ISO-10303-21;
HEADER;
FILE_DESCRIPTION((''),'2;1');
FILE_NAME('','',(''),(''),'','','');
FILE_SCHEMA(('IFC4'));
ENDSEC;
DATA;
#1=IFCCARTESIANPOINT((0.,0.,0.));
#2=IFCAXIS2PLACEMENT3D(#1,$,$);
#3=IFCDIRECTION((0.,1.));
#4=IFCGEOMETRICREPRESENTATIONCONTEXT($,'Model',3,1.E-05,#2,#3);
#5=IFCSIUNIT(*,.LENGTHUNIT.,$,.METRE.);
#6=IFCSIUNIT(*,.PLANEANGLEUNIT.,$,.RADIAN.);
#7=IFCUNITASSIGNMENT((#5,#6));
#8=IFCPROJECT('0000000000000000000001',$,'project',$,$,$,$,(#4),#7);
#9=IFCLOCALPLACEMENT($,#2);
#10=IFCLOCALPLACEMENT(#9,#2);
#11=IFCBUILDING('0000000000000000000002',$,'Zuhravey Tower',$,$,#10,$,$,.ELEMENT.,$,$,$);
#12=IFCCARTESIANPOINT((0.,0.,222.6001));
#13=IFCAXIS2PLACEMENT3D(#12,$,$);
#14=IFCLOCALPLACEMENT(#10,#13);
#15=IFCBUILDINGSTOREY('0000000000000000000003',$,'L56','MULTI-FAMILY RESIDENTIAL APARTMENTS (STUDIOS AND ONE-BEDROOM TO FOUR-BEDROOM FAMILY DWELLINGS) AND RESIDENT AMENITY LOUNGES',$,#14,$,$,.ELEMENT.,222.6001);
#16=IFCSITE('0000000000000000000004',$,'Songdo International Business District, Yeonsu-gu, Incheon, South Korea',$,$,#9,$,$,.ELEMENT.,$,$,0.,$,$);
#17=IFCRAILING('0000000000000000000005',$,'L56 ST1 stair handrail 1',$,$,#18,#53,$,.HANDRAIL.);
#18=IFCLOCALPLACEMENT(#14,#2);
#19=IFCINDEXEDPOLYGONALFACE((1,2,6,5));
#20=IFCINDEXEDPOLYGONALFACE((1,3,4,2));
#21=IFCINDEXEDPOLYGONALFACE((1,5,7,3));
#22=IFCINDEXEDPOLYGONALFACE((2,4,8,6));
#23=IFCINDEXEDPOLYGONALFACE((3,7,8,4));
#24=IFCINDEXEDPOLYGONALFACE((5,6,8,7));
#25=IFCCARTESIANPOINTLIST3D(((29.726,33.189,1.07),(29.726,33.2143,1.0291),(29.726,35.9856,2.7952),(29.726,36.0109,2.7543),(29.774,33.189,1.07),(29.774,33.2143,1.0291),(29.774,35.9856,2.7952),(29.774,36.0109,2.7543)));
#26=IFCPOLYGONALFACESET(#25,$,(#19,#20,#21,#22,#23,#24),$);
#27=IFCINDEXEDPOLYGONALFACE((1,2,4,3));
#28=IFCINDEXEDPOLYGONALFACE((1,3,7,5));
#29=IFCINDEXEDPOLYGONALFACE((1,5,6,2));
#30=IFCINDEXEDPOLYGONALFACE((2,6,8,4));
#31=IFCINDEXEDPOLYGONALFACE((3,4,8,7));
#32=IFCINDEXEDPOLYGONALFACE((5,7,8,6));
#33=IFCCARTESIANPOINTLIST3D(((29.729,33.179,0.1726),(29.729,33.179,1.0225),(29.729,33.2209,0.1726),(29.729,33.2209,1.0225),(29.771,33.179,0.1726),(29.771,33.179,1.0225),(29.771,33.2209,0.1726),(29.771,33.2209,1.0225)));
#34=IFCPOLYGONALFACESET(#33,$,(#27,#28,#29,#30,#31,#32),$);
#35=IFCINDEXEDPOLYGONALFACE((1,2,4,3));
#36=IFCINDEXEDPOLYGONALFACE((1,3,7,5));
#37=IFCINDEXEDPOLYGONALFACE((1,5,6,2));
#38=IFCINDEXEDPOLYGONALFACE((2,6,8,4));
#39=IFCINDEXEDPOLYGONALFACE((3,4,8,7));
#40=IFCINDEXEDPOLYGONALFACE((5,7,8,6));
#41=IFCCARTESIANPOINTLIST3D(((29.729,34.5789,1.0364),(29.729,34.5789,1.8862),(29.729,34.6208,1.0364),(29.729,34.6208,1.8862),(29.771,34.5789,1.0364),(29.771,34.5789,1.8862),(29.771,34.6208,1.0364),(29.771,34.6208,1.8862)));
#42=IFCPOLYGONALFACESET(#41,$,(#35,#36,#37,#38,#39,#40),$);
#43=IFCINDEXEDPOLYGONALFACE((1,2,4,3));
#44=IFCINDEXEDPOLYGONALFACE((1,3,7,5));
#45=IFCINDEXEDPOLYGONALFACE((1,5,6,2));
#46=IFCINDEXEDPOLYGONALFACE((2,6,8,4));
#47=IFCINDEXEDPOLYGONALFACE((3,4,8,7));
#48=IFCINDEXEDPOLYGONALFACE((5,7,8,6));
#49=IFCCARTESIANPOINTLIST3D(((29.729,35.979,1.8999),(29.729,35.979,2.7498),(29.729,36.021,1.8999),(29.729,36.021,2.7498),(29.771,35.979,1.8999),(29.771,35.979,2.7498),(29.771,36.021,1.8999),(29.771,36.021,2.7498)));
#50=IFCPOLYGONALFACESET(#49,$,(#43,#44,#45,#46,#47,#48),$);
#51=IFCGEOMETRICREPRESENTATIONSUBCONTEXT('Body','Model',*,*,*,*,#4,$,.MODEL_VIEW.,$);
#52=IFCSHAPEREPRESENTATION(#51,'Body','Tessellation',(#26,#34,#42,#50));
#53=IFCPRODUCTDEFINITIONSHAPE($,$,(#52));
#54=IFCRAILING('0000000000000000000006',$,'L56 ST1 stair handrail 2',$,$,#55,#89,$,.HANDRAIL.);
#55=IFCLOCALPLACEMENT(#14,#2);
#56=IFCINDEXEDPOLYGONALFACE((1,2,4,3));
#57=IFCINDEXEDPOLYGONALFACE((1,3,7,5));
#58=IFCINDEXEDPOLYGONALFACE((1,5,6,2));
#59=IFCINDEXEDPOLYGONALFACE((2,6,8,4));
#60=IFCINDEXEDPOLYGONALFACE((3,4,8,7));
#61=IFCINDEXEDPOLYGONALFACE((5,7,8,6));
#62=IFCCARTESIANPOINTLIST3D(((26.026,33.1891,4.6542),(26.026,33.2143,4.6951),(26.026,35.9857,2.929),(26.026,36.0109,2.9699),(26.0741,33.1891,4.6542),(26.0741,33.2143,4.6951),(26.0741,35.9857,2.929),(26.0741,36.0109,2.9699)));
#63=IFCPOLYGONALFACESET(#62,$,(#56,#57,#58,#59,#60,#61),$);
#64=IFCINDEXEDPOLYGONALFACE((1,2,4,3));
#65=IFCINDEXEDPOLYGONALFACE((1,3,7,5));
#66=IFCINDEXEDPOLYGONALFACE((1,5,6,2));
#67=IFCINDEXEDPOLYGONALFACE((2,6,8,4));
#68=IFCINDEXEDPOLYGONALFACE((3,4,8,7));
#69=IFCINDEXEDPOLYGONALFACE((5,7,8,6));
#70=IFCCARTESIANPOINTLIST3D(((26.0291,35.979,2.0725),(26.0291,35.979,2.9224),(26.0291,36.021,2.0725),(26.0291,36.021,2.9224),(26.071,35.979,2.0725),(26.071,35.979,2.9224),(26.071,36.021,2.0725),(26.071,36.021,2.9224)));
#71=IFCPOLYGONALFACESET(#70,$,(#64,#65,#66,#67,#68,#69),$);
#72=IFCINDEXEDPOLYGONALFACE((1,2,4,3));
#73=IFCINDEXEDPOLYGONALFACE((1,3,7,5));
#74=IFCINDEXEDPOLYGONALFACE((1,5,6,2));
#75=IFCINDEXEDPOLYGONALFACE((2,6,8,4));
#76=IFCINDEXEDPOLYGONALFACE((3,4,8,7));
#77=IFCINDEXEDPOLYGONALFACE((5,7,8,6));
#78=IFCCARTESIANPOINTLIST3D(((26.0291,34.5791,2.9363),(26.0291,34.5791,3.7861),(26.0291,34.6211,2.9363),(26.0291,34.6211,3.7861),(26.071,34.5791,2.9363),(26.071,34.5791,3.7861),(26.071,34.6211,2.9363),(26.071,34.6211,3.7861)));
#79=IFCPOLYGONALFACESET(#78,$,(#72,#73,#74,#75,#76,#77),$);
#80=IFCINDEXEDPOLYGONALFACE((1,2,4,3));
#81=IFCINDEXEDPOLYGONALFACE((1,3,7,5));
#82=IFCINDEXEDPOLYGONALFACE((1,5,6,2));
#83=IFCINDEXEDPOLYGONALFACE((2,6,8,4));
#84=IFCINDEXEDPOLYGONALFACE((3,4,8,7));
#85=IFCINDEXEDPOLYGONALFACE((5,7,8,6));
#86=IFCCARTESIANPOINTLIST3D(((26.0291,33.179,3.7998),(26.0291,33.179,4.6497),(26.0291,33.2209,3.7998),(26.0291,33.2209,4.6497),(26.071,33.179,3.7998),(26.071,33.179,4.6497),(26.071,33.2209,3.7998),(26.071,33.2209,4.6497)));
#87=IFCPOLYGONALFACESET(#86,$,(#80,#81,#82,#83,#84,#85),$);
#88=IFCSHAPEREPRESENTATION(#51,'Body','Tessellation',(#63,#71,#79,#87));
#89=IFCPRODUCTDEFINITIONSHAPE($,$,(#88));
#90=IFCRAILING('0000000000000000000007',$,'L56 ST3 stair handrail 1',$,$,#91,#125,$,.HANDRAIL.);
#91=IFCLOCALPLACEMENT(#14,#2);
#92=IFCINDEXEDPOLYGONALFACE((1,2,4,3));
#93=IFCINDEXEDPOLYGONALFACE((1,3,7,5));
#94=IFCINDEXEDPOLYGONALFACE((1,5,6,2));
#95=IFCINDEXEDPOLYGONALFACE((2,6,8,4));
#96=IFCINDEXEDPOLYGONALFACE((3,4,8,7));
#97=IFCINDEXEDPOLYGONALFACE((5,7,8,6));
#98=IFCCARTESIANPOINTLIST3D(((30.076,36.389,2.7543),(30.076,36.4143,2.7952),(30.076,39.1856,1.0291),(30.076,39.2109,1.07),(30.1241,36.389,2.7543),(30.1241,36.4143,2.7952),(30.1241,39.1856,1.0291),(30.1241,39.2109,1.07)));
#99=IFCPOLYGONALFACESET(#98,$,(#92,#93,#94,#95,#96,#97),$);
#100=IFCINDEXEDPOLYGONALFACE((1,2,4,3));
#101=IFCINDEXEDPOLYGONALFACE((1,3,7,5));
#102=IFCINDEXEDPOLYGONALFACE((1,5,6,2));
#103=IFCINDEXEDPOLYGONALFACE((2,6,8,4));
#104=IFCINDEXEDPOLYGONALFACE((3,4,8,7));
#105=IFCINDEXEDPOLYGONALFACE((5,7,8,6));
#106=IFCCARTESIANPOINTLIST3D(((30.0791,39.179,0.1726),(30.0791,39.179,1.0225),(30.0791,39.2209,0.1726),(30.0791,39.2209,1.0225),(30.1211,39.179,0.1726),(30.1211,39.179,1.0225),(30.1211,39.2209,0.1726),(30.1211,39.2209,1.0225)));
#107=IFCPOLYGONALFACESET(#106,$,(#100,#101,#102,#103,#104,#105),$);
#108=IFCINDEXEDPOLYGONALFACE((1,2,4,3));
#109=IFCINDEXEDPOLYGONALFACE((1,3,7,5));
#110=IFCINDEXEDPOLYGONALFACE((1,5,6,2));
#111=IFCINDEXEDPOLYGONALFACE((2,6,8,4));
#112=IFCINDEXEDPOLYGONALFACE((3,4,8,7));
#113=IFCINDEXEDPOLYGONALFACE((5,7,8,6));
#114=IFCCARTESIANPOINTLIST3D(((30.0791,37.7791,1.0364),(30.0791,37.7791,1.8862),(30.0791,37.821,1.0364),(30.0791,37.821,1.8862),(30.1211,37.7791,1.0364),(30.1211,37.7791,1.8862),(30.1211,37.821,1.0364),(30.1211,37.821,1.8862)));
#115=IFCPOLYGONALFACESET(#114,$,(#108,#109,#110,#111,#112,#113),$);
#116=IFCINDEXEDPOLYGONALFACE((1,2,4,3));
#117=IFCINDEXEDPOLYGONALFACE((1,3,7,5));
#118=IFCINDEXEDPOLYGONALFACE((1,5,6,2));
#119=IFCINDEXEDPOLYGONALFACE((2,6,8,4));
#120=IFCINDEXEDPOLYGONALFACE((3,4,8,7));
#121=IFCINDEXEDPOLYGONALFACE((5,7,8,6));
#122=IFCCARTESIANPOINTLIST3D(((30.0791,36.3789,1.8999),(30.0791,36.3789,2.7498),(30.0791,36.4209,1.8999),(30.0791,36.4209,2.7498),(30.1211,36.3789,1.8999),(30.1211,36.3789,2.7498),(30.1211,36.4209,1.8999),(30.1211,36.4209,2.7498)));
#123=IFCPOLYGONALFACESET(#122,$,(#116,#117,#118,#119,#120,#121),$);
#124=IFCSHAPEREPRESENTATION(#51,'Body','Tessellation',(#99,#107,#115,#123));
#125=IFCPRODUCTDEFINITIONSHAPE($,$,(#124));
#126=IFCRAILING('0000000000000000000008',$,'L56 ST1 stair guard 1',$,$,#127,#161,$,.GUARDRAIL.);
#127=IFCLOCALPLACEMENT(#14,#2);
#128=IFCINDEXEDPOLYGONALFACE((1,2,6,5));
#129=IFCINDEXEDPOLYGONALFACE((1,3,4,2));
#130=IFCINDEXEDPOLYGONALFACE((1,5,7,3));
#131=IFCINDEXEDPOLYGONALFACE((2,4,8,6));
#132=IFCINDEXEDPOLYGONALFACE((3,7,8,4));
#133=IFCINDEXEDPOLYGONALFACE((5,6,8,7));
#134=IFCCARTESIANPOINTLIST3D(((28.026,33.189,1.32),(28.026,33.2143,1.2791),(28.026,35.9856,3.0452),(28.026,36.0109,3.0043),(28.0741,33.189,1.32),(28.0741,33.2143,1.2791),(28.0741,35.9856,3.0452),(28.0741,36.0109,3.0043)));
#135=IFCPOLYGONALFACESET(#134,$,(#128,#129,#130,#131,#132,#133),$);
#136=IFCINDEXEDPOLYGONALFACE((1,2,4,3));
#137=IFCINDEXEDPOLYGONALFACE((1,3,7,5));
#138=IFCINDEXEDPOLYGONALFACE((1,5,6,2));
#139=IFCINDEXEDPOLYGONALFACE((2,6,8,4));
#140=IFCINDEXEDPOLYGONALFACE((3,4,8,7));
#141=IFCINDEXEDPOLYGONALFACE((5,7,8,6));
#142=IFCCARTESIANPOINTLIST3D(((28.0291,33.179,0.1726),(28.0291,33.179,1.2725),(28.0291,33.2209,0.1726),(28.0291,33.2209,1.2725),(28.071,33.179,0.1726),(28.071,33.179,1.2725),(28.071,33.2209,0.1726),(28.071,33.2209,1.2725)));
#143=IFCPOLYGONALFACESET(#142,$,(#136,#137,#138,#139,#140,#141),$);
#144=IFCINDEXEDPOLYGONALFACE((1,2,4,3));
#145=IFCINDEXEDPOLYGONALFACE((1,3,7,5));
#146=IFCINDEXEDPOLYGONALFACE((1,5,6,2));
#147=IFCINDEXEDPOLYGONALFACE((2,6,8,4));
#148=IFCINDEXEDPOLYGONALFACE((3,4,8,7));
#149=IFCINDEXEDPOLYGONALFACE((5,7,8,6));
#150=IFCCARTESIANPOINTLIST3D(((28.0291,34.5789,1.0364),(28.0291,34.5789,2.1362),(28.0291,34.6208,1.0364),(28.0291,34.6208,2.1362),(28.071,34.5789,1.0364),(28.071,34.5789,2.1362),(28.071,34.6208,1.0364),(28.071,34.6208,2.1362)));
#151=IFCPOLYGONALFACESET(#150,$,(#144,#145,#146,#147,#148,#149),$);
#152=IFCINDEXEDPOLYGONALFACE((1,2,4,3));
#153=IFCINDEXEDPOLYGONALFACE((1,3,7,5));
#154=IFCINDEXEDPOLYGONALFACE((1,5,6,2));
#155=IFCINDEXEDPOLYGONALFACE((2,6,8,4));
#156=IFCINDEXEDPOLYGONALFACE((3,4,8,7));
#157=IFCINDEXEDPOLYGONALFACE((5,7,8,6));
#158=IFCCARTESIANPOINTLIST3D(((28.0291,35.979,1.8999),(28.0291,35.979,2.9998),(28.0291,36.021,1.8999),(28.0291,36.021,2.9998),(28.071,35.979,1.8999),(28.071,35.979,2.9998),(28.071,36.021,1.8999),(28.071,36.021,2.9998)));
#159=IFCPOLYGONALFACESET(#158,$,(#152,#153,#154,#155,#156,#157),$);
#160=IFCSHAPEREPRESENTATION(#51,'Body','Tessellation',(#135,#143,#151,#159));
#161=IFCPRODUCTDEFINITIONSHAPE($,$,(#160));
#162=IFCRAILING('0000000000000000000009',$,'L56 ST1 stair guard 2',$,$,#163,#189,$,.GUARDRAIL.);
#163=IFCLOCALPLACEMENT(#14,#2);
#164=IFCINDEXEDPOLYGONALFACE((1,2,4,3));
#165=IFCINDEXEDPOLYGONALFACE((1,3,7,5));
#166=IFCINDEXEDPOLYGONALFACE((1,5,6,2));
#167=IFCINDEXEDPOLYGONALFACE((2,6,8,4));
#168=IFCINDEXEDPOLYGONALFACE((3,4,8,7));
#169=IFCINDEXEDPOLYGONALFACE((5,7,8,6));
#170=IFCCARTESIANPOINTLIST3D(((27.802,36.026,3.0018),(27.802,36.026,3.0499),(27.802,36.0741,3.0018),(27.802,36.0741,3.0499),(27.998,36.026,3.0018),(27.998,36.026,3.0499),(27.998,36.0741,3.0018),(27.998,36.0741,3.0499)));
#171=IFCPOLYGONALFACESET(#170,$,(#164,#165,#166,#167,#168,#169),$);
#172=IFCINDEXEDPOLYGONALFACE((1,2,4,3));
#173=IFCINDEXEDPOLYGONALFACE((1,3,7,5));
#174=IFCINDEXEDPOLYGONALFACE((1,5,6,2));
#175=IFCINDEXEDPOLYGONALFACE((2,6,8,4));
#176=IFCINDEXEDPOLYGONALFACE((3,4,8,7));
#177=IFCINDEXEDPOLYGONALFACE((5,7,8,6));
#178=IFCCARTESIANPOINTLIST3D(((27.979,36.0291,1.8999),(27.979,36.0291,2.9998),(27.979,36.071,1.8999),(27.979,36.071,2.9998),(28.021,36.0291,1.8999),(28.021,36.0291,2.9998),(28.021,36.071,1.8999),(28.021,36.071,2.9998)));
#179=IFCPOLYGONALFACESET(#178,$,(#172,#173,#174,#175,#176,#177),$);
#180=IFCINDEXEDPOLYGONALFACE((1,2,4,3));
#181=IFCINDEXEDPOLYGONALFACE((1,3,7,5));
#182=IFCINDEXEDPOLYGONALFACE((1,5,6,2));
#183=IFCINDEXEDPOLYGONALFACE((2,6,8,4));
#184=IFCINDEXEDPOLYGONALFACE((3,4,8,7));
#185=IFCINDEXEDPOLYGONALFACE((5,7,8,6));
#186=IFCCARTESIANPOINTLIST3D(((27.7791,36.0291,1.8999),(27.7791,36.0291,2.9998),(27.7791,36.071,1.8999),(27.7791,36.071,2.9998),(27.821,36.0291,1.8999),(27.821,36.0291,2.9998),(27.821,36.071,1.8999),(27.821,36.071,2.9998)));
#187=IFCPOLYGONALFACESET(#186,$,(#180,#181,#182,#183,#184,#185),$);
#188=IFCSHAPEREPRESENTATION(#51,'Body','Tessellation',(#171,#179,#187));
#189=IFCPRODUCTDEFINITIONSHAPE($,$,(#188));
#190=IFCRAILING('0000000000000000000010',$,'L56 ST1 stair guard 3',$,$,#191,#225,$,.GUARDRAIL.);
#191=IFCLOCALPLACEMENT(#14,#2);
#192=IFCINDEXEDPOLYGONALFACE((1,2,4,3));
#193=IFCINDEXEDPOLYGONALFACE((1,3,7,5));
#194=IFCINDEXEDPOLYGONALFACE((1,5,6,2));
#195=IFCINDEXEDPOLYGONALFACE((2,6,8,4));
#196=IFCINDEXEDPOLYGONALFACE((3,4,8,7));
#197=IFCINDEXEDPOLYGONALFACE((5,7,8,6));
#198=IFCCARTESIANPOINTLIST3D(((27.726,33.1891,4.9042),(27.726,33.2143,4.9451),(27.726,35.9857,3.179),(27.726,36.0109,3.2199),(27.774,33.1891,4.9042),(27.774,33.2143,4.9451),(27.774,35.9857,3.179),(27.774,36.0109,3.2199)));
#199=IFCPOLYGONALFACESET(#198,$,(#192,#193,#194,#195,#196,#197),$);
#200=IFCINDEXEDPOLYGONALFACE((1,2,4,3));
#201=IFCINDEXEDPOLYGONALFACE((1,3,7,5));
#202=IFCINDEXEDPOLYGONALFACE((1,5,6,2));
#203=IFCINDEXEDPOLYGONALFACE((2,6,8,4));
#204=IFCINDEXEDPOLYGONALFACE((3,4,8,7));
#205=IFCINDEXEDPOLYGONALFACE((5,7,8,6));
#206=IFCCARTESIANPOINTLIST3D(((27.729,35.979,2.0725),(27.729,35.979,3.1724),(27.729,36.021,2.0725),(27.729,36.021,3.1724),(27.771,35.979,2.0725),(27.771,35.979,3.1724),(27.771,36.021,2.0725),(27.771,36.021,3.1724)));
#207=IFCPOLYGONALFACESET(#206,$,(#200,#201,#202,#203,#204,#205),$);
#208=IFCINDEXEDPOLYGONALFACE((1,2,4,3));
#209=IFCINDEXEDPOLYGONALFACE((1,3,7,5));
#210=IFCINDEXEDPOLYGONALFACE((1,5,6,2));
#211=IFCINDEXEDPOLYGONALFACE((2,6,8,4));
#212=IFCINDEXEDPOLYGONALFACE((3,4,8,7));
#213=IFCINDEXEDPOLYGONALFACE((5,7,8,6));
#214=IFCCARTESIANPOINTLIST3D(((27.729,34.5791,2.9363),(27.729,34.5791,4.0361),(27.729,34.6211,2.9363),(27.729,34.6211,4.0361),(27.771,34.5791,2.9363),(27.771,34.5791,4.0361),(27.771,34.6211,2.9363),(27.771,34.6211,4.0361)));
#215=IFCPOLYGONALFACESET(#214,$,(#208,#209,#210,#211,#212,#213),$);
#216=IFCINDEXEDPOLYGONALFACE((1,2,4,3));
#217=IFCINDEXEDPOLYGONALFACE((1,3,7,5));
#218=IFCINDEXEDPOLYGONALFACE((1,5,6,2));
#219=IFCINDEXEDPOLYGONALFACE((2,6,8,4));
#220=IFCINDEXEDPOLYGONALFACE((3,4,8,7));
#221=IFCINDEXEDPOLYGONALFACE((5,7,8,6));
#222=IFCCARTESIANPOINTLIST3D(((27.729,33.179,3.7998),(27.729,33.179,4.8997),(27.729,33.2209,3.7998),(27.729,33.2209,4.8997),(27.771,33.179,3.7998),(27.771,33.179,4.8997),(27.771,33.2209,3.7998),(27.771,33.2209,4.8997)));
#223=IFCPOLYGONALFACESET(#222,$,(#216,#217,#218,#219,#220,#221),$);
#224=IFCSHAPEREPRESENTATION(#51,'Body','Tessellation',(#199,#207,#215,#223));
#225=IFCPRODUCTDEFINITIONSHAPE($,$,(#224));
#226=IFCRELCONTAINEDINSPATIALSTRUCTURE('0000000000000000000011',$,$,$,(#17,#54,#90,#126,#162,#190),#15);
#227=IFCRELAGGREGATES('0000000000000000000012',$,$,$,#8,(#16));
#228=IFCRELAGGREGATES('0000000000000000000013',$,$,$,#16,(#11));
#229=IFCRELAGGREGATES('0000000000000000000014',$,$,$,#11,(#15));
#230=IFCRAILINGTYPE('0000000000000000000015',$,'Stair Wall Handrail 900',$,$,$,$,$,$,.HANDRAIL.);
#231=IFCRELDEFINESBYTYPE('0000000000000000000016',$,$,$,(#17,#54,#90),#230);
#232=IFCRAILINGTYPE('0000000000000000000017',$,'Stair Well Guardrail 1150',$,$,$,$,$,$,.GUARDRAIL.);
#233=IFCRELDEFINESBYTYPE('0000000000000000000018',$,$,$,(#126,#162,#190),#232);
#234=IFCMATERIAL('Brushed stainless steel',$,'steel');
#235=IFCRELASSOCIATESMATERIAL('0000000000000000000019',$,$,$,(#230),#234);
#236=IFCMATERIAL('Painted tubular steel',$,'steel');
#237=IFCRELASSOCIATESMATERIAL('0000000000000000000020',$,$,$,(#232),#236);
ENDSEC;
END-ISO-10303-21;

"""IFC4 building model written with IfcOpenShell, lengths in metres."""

from ifc_helpers import new_model, si_unit, direction, frame, origin, origin_2d, place, context, subcontext, project, spatial, rectangle, extrude, material, type_object, element, save


model = new_model("IFC4")

# Units and contexts
model_context = context("Model", 3, precision=1e-05, world=origin(), true_north=direction((0.0, 1.0)))
body_context = subcontext(model_context, "Body", "Model", "MODEL_VIEW")
ifc_project = project(units=[si_unit("LENGTHUNIT", "METRE"), si_unit("PLANEANGLEUNIT", "RADIAN")], contexts=[model_context])

# Site, building, storey
site_placement = place(None, origin())
site = spatial("IfcSite", under=ifc_project, at=site_placement, Name="Songdo International Business District, Yeonsu-gu, Incheon, South Korea", CompositionType="ELEMENT", RefElevation=0.0)
building_placement = place(site_placement, origin())
building = spatial("IfcBuilding", under=site, at=building_placement, Name="Zuhravey Tower", CompositionType="ELEMENT")
storey_placement = place(building_placement, frame((0.0, 0.0, 222.6001)))
storey = spatial("IfcBuildingStorey", under=building, at=storey_placement, Name="L56", Description="MULTI-FAMILY RESIDENTIAL APARTMENTS (STUDIOS AND ONE-BEDROOM TO FOUR-BEDROOM FAMILY DWELLINGS) AND RESIDENT AMENITY LOUNGES", CompositionType="ELEMENT", Elevation=222.6001)

# Railings
ifc_material_1 = material(Name="Brushed stainless steel", Category="steel")
railing_type_1 = type_object("IfcRailingType", Name="Stair Wall Handrail 900", PredefinedType="HANDRAIL", material=ifc_material_1)
railing_1_placement = place(storey_placement, frame((29.75, 33.2, 0.1726)))
element("IfcRailing", 1, at=railing_1_placement, inside=storey, type_object=railing_type_1, Name="L56 ST1 stair handrail 1", PredefinedType="HANDRAIL", context=body_context, shape_type="SweptSolid", body=[
    extrude(rectangle(XDim=0.0481, YDim=0.0481, at=origin_2d()), frame((0.0, 0.0017, 0.877), z_axis=(0.0, 0.85109, 0.52502), x_axis=(-1.0, 0.0, 0.0)), (0.0, 0.0, 1.0), 3.2859),
    extrude(rectangle(XDim=0.042, YDim=0.042, at=origin_2d()), origin(), (0.0, 0.0, 1.0), 0.8499),
    extrude(rectangle(XDim=0.042, YDim=0.042, at=origin_2d()), frame((0.0, 1.3999, 0.8638)), (0.0, 0.0, 1.0), 0.8499),
    extrude(rectangle(XDim=0.042, YDim=0.042, at=origin_2d()), frame((0.0, 2.8, 1.7273)), (0.0, 0.0, 1.0), 0.8499),
])
for number, where, name in (
    (2, (26.05, 36.0, 2.0725), "L56 ST1 stair handrail 2"),
    (3, (30.1001, 39.2, 0.1726), "L56 ST3 stair handrail 1"),
):
    element("IfcRailing", number, at=place(storey_placement, frame(where)), inside=storey, type_object=railing_type_1, Name=name, PredefinedType="HANDRAIL", context=body_context, shape_type="SweptSolid", body=[
        extrude(rectangle(XDim=0.0481, YDim=0.0481, at=origin_2d()), frame((0.0, -0.0017, 0.877), z_axis=(0.0, -0.85109, 0.52502), x_axis=(1.0, 0.0, 0.0)), (0.0, 0.0, 1.0), 3.2859),
        extrude(rectangle(XDim=0.042, YDim=0.042, at=origin_2d()), origin(), (0.0, 0.0, 1.0), 0.8499),
        extrude(rectangle(XDim=0.042, YDim=0.042, at=origin_2d()), frame((0.0, -1.3999, 0.8638)), (0.0, 0.0, 1.0), 0.8499),
        extrude(rectangle(XDim=0.042, YDim=0.042, at=origin_2d()), frame((0.0, -2.8, 1.7273)), (0.0, 0.0, 1.0), 0.8499),
    ])
ifc_material_2 = material(Name="Painted tubular steel", Category="steel")
railing_type_2 = type_object("IfcRailingType", Name="Stair Well Guardrail 1150", PredefinedType="GUARDRAIL", material=ifc_material_2)
railing_2_placement = place(storey_placement, frame((28.05, 33.2, 0.1726)))
element("IfcRailing", 4, at=railing_2_placement, inside=storey, type_object=railing_type_2, Name="L56 ST1 stair guard 1", PredefinedType="GUARDRAIL", context=body_context, shape_type="SweptSolid", body=[
    extrude(rectangle(XDim=0.0481, YDim=0.0481, at=origin_2d()), frame((0.0, 0.0017, 1.127), z_axis=(0.0, 0.85109, 0.52502), x_axis=(-1.0, 0.0, 0.0)), (0.0, 0.0, 1.0), 3.2859),
    extrude(rectangle(XDim=0.042, YDim=0.042, at=origin_2d()), origin(), (0.0, 0.0, 1.0), 1.0999),
    extrude(rectangle(XDim=0.042, YDim=0.042, at=origin_2d()), frame((0.0, 1.3999, 0.8638)), (0.0, 0.0, 1.0), 1.0999),
    extrude(rectangle(XDim=0.042, YDim=0.042, at=origin_2d()), frame((0.0, 2.8, 1.7273)), (0.0, 0.0, 1.0), 1.0999),
])
railing_3_placement = place(storey_placement, frame((28.0, 36.05, 1.8999)))
element("IfcRailing", 5, at=railing_3_placement, inside=storey, type_object=railing_type_2, Name="L56 ST1 stair guard 2", PredefinedType="GUARDRAIL", context=body_context, shape_type="SweptSolid", body=[
    extrude(rectangle(XDim=0.0481, YDim=0.0481, at=origin_2d()), frame((-0.002, 0.0, 1.126), z_axis=(-1.0, 0.0, 0.0), x_axis=(0.0, -1.0, 0.0)), (0.0, 0.0, 1.0), 0.196),
    extrude(rectangle(XDim=0.042, YDim=0.042, at=origin_2d()), origin(), (0.0, 0.0, 1.0), 1.0999),
    extrude(rectangle(XDim=0.042, YDim=0.042, at=origin_2d()), frame((-0.2, 0.0, 0.0)), (0.0, 0.0, 1.0), 1.0999),
])
for number, where, name in (
    (6, (27.75, 36.0, 2.0725), "L56 ST1 stair guard 3"),
):
    element("IfcRailing", number, at=place(storey_placement, frame(where)), inside=storey, type_object=railing_type_2, Name=name, PredefinedType="GUARDRAIL", context=body_context, shape_type="SweptSolid", body=[
        extrude(rectangle(XDim=0.0481, YDim=0.0481, at=origin_2d()), frame((0.0, -0.0017, 1.127), z_axis=(0.0, -0.85109, 0.52502), x_axis=(1.0, 0.0, 0.0)), (0.0, 0.0, 1.0), 3.2859),
        extrude(rectangle(XDim=0.042, YDim=0.042, at=origin_2d()), origin(), (0.0, 0.0, 1.0), 1.0999),
        extrude(rectangle(XDim=0.042, YDim=0.042, at=origin_2d()), frame((0.0, -1.3999, 0.8638)), (0.0, 0.0, 1.0), 1.0999),
        extrude(rectangle(XDim=0.042, YDim=0.042, at=origin_2d()), frame((0.0, -2.8, 1.7273)), (0.0, 0.0, 1.0), 1.0999),
    ])

save(model, "model.ifc")
